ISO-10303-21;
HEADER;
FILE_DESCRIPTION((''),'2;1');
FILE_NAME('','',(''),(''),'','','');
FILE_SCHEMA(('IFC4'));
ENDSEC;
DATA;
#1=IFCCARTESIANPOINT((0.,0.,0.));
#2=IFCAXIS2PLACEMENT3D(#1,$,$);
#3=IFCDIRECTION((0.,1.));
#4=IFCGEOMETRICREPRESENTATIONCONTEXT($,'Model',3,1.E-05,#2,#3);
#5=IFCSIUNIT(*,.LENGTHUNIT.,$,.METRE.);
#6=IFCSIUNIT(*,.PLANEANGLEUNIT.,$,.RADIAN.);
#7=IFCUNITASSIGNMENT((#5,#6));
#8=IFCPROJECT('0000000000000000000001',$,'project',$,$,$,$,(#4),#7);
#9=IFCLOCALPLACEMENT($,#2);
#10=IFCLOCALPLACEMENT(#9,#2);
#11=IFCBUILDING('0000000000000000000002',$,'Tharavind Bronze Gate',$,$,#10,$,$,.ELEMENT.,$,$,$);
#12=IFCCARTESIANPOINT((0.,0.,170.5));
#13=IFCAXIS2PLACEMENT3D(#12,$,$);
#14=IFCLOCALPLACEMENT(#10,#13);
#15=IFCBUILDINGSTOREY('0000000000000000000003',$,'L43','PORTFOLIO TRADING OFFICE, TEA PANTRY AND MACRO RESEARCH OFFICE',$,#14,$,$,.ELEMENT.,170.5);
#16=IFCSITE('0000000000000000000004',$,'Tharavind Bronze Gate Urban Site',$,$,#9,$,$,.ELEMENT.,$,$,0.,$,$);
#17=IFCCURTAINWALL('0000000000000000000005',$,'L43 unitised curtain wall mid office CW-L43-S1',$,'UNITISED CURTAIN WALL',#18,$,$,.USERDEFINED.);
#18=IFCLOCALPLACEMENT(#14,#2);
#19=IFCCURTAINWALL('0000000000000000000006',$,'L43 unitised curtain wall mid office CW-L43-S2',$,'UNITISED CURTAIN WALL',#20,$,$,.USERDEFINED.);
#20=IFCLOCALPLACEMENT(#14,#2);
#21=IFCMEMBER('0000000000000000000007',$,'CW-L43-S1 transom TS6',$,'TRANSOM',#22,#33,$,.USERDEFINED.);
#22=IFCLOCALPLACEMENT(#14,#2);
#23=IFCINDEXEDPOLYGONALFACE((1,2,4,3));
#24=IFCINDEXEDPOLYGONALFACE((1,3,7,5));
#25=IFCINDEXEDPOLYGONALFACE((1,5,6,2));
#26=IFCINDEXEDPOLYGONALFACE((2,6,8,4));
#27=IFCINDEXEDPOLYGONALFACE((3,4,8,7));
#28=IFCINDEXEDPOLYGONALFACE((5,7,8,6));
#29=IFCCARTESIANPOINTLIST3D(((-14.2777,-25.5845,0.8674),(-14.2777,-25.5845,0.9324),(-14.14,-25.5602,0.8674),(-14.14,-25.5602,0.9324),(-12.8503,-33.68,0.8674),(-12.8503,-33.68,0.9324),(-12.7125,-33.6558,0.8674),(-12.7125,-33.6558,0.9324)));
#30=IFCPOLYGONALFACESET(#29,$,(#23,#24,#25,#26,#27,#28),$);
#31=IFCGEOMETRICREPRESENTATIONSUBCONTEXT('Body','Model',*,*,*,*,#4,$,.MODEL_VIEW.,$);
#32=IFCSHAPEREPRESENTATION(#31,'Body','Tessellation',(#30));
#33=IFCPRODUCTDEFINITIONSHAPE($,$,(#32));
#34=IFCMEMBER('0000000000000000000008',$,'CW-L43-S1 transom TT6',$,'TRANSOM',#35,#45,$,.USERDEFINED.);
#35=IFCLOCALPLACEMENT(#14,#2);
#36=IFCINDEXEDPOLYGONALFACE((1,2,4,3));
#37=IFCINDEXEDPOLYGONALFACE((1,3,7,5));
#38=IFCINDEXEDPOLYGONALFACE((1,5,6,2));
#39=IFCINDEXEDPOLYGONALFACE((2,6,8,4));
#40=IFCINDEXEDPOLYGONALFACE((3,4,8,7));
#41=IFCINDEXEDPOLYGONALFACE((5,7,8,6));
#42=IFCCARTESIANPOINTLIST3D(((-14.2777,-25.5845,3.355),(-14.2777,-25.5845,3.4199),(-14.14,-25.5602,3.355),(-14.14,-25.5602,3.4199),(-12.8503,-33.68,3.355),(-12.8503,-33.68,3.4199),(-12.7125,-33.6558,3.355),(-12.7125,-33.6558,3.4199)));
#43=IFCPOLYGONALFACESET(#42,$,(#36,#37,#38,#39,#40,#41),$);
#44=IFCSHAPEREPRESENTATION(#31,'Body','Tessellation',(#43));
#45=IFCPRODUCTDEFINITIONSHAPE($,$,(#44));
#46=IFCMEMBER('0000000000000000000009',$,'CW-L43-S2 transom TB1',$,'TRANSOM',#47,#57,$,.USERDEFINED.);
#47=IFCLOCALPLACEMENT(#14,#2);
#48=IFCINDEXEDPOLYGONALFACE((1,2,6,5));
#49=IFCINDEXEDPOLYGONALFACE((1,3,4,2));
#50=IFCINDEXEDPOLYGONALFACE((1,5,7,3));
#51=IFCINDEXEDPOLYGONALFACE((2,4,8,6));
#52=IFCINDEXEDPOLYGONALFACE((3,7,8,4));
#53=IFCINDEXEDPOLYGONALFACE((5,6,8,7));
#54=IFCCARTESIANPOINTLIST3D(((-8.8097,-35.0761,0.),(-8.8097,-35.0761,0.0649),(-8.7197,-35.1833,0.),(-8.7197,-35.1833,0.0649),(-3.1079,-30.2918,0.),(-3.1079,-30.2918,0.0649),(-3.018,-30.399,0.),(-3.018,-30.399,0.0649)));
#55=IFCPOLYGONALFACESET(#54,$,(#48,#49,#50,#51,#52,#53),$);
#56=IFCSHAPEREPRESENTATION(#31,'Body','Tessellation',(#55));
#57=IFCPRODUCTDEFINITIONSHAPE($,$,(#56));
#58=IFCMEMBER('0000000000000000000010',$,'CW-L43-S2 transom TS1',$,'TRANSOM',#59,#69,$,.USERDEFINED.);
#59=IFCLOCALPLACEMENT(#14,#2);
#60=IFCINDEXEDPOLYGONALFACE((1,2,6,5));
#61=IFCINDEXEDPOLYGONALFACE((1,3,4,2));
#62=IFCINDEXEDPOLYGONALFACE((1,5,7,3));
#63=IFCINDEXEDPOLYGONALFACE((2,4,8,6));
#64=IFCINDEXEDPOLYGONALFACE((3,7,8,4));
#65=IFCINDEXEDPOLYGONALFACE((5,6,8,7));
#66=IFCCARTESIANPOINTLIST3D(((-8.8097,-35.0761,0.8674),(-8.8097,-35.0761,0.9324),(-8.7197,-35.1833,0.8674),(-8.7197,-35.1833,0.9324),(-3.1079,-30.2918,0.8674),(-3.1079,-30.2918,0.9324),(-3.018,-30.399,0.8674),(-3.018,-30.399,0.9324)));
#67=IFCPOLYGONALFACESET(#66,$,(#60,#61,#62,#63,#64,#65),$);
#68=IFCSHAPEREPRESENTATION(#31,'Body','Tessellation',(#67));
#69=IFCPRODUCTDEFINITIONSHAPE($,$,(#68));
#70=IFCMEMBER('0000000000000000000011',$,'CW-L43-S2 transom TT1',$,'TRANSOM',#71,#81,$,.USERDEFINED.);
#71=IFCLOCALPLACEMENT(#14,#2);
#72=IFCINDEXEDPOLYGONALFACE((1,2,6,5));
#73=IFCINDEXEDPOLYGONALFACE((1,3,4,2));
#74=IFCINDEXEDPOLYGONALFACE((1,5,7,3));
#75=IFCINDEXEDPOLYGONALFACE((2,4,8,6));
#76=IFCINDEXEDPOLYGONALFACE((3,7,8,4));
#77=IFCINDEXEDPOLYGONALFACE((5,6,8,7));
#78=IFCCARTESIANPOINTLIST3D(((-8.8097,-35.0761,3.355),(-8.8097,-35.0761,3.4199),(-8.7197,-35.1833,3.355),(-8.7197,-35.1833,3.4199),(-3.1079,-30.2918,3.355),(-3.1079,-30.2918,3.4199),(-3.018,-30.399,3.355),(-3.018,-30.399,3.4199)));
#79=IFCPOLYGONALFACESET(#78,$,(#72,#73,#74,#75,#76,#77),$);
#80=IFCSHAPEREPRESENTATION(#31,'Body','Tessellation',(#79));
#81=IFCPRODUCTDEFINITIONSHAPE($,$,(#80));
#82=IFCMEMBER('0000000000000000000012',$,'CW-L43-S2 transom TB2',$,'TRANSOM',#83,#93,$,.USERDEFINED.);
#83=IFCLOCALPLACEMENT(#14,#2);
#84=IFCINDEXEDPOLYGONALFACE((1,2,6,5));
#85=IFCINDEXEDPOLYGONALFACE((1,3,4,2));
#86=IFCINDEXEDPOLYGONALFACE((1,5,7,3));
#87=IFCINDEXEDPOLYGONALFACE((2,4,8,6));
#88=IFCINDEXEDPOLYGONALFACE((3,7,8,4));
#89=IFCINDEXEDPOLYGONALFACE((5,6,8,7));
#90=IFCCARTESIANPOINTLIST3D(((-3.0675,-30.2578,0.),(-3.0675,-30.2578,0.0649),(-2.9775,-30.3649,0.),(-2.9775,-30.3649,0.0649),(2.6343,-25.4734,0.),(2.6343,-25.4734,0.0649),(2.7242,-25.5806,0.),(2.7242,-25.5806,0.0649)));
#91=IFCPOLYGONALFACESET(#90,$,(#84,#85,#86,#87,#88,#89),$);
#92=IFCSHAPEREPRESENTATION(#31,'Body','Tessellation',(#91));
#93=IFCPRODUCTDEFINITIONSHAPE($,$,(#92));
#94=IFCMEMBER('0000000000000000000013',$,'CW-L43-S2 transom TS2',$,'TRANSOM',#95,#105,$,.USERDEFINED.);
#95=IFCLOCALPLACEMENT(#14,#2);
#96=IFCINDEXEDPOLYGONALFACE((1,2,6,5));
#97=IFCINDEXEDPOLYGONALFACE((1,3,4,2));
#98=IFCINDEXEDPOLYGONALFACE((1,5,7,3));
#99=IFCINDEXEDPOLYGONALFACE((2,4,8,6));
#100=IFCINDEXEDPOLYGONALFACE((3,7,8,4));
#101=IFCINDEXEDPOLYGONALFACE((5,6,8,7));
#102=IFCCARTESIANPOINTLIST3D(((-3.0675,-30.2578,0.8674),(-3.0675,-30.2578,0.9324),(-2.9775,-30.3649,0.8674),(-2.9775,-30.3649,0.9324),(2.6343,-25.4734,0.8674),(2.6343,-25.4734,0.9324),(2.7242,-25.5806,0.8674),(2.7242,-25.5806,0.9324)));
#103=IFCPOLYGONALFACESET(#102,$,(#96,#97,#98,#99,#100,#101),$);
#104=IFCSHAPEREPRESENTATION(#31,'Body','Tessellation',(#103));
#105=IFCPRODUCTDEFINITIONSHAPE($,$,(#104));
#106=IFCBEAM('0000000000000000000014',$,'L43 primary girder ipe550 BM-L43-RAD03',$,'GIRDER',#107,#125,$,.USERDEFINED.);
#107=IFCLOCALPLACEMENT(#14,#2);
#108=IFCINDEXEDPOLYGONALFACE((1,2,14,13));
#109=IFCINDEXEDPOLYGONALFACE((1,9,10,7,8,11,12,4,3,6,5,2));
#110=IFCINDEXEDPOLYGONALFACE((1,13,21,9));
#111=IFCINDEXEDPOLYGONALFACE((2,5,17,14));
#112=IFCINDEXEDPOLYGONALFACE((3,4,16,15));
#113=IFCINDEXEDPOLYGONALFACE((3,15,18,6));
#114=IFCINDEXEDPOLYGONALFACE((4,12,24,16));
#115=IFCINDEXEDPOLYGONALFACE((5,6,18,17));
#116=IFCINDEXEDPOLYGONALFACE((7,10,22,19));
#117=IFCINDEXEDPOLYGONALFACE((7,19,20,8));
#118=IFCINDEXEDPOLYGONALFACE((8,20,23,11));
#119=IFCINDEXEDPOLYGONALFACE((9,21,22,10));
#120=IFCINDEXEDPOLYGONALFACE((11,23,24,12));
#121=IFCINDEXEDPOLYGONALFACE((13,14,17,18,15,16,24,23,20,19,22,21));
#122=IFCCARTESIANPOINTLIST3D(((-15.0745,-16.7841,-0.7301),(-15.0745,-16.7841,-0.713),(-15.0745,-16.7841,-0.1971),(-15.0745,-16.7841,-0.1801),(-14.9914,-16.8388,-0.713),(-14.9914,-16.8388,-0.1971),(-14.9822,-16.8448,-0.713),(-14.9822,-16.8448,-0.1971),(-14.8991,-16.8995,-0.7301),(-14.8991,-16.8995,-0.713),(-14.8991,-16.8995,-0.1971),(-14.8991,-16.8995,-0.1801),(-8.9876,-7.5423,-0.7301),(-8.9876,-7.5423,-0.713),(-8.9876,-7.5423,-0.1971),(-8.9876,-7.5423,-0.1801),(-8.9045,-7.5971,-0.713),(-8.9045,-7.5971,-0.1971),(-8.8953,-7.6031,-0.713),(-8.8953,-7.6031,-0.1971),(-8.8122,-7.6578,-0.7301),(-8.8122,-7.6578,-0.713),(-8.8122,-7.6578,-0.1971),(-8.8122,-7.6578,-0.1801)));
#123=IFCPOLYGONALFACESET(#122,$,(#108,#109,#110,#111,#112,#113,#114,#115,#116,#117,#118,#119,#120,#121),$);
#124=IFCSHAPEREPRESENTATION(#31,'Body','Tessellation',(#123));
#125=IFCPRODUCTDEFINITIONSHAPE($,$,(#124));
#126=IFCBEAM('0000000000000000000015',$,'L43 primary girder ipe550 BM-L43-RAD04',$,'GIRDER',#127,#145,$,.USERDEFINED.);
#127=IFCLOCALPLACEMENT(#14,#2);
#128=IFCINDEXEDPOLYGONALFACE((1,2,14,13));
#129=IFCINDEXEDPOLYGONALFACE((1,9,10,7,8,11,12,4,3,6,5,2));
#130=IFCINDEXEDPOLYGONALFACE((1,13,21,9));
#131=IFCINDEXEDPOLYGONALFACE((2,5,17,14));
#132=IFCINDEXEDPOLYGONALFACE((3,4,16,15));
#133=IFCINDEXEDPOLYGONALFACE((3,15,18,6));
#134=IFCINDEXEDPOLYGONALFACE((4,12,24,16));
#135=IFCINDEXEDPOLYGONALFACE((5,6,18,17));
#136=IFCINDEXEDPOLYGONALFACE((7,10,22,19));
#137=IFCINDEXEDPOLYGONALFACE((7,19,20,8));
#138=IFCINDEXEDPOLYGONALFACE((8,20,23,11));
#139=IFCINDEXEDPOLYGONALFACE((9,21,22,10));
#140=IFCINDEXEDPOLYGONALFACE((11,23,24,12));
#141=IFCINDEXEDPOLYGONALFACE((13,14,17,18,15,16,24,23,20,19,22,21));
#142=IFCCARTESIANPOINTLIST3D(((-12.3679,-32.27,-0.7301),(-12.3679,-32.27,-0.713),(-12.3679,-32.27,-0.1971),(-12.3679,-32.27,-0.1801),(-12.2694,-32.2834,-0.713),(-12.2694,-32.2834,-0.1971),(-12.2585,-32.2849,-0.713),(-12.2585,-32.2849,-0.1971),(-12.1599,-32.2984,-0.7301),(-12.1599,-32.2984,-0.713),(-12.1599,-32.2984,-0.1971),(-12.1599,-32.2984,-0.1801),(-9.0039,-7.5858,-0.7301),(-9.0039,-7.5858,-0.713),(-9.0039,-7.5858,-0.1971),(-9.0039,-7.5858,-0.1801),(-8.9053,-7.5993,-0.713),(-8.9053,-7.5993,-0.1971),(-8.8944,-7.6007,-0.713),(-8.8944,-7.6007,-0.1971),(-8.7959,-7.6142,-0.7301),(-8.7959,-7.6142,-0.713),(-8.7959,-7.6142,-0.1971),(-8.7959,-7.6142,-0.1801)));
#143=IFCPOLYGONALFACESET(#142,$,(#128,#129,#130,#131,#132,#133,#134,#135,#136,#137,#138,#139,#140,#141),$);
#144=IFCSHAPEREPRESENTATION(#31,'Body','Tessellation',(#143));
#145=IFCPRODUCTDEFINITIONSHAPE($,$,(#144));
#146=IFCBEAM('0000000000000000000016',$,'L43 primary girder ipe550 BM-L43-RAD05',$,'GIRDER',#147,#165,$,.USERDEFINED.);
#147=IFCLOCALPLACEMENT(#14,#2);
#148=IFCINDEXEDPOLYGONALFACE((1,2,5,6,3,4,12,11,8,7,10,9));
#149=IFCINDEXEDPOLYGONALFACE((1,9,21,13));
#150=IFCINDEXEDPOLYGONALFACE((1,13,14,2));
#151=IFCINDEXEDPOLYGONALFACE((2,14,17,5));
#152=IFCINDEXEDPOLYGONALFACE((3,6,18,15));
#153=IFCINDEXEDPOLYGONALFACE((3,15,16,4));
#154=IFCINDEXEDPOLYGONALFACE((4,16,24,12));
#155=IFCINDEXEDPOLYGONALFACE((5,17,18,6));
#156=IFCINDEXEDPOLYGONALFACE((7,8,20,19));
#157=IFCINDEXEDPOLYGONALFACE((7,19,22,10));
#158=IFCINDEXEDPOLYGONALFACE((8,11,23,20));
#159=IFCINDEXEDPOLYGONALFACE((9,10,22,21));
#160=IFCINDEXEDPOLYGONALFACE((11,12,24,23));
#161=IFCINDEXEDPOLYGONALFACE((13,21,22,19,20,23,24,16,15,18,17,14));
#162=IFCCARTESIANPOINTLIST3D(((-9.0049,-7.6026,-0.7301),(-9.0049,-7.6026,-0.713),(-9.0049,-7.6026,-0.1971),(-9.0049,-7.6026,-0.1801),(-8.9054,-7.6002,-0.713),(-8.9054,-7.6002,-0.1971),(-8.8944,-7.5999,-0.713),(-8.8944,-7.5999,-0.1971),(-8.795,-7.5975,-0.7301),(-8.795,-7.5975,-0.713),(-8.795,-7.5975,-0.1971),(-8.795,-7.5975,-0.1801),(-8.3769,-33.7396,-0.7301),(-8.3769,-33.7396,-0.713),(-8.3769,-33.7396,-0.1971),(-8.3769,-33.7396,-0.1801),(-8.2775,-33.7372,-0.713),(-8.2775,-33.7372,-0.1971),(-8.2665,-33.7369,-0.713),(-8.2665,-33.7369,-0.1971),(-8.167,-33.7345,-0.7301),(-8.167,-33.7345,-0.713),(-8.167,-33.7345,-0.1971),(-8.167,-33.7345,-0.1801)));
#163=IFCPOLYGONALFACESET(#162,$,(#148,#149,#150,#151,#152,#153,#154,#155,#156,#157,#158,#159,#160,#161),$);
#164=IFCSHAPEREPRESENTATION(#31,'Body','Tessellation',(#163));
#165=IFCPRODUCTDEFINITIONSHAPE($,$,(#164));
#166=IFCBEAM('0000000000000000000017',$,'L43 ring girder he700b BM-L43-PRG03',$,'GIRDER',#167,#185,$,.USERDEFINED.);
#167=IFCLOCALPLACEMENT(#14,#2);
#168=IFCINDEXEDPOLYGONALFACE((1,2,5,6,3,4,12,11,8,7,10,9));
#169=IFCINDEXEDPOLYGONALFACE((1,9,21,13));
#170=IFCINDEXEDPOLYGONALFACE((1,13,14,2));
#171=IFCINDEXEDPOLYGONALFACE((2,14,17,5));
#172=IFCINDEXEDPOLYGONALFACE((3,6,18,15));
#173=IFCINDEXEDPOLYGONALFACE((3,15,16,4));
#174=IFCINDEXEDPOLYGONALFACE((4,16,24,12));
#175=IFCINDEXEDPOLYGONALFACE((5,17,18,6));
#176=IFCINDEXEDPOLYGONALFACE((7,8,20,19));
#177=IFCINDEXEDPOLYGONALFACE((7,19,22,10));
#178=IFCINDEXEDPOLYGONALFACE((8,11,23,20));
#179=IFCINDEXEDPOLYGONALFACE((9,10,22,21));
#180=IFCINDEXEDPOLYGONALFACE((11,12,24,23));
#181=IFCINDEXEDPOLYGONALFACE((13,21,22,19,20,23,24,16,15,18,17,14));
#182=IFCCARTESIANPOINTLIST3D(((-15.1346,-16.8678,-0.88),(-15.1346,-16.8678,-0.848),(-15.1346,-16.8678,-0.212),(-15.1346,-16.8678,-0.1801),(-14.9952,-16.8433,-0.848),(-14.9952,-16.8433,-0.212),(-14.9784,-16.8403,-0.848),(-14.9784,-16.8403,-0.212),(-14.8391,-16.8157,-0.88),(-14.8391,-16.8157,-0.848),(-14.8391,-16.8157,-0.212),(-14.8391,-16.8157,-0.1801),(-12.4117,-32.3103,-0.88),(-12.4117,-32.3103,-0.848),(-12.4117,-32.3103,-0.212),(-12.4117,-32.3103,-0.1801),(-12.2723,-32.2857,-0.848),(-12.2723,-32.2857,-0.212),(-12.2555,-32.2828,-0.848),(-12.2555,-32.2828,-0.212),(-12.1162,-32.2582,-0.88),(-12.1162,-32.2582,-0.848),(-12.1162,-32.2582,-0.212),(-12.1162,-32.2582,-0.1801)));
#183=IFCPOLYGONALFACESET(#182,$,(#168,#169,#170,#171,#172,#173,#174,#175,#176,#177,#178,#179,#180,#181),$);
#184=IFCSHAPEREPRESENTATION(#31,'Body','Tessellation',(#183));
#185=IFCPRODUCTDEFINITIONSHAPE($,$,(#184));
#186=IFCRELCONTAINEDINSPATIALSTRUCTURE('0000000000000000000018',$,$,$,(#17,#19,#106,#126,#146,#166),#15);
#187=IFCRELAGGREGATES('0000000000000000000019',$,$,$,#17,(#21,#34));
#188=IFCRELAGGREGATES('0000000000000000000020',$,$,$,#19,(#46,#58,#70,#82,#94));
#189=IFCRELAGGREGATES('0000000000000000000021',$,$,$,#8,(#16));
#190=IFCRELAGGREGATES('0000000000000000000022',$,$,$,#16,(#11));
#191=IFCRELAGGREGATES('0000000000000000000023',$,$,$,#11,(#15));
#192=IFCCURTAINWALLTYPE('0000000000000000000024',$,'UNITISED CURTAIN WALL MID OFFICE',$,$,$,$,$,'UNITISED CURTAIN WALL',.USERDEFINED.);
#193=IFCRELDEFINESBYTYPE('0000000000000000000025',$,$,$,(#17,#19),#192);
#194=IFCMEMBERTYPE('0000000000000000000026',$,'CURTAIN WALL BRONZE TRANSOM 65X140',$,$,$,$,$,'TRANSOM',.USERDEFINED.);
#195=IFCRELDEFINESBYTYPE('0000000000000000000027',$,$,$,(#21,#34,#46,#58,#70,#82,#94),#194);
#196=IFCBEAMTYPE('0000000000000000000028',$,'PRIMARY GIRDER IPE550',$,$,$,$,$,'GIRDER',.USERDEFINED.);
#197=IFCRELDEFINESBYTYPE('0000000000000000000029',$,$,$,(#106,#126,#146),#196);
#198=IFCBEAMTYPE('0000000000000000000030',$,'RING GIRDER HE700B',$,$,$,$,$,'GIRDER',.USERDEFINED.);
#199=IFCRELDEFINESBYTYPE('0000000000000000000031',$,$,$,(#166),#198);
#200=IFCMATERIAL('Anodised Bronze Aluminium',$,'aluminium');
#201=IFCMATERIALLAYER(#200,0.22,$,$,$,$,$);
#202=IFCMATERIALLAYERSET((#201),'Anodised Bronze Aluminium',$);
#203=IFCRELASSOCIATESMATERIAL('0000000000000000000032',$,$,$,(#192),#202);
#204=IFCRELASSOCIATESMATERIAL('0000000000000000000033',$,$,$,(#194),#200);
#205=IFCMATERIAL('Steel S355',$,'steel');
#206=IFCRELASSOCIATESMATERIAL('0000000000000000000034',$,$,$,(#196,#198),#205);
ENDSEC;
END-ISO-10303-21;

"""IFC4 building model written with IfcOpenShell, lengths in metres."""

from ifc_helpers import new_model, si_unit, direction, frame, origin, origin_2d, place, context, subcontext, project, spatial, rectangle, i_section, extrude, material, layer, layer_set, material_profile, profile_set, type_object, element, aggregate, save


model = new_model("IFC4")

# Units and contexts
model_context = context("Model", 3, precision=1e-05, world=origin(), true_north=direction((0.0, 1.0)))
body_context = subcontext(model_context, "Body", "Model", "MODEL_VIEW")
ifc_project = project(units=[si_unit("LENGTHUNIT", "METRE"), si_unit("PLANEANGLEUNIT", "RADIAN")], contexts=[model_context])

# Site, building, storey
site_placement = place(None, origin())
site = spatial("IfcSite", under=ifc_project, at=site_placement, Name="Tharavind Bronze Gate Urban Site", CompositionType="ELEMENT", RefElevation=0.0)
building_placement = place(site_placement, origin())
building = spatial("IfcBuilding", under=site, at=building_placement, Name="Tharavind Bronze Gate", CompositionType="ELEMENT")
storey_placement = place(building_placement, frame((0.0, 0.0, 170.5)))
storey = spatial("IfcBuildingStorey", under=building, at=storey_placement, Name="L43", Description="PORTFOLIO TRADING OFFICE, TEA PANTRY AND MACRO RESEARCH OFFICE", CompositionType="ELEMENT", Elevation=170.5)

# Curtain walls
ifc_material_1 = material(Name="Anodised Bronze Aluminium", Category="aluminium")
ifc_layer_1 = layer(ifc_material_1, 0.22)
ifc_layer_set_1 = layer_set([ifc_layer_1], Name="Anodised Bronze Aluminium")
curtain_wall_type = type_object("IfcCurtainWallType", Name="UNITISED CURTAIN WALL MID OFFICE", ElementType="UNITISED CURTAIN WALL", PredefinedType="USERDEFINED", material=ifc_layer_set_1)
curtain_wall_1_placement = place(storey_placement, origin())
curtain_wall_1 = element("IfcCurtainWall", 1, at=curtain_wall_1_placement, inside=storey, type_object=curtain_wall_type, Name="L43 unitised curtain wall mid office CW-L43-S1", ObjectType="UNITISED CURTAIN WALL", PredefinedType="USERDEFINED")
curtain_wall_2_placement = place(storey_placement, origin())
curtain_wall_2 = element("IfcCurtainWall", 2, at=curtain_wall_2_placement, inside=storey, type_object=curtain_wall_type, Name="L43 unitised curtain wall mid office CW-L43-S2", ObjectType="UNITISED CURTAIN WALL", PredefinedType="USERDEFINED")

# Members
member_type_1 = type_object("IfcMemberType", Name="CURTAIN WALL BRONZE TRANSOM 65X140", ElementType="TRANSOM", PredefinedType="USERDEFINED", material=ifc_material_1)
member_1_placement = place(storey_placement, frame((-13.4951, -29.6201, 0.8674), z_axis=(0.0, 0.0, 1.0), x_axis=(0.173648, -0.984808, 0.0)))
member_1 = element("IfcMember", 3, at=member_1_placement, type_object=member_type_1, Name="CW-L43-S1 transom TS6", ObjectType="TRANSOM", PredefinedType="USERDEFINED", context=body_context, shape_type="SweptSolid", body=[
    extrude(rectangle(XDim=8.2205, YDim=0.1399, at=origin_2d()), origin(), (0.0, 0.0, 1.0), 0.0649),
])
member_2_placement = place(storey_placement, frame((-13.4951, -29.6201, 3.355), z_axis=(0.0, 0.0, 1.0), x_axis=(0.173648, -0.984808, 0.0)))
member_2 = element("IfcMember", 4, at=member_2_placement, type_object=member_type_1, Name="CW-L43-S1 transom TT6", ObjectType="TRANSOM", PredefinedType="USERDEFINED", context=body_context, shape_type="SweptSolid", body=[
    extrude(rectangle(XDim=8.2205, YDim=0.1399, at=origin_2d()), origin(), (0.0, 0.0, 1.0), 0.0649),
])
member_3_placement = place(storey_placement, frame((-5.9138, -32.7375, 0.0), z_axis=(0.0, 0.0, 1.0), x_axis=(0.766043, 0.642789, 0.0)))
member_3 = element("IfcMember", 5, at=member_3_placement, type_object=member_type_1, Name="CW-L43-S2 transom TB1", ObjectType="TRANSOM", PredefinedType="USERDEFINED", context=body_context, shape_type="SweptSolid", body=[
    extrude(rectangle(XDim=7.4431, YDim=0.1399, at=origin_2d()), origin(), (0.0, 0.0, 1.0), 0.0649),
])
member_4_placement = place(storey_placement, frame((-5.9138, -32.7375, 0.8674), z_axis=(0.0, 0.0, 1.0), x_axis=(0.766043, 0.642789, 0.0)))
member_4 = element("IfcMember", 6, at=member_4_placement, type_object=member_type_1, Name="CW-L43-S2 transom TS1", ObjectType="TRANSOM", PredefinedType="USERDEFINED", context=body_context, shape_type="SweptSolid", body=[
    extrude(rectangle(XDim=7.4431, YDim=0.1399, at=origin_2d()), origin(), (0.0, 0.0, 1.0), 0.0649),
])
member_5_placement = place(storey_placement, frame((-5.9138, -32.7375, 3.355), z_axis=(0.0, 0.0, 1.0), x_axis=(0.766043, 0.642789, 0.0)))
member_5 = element("IfcMember", 7, at=member_5_placement, type_object=member_type_1, Name="CW-L43-S2 transom TT1", ObjectType="TRANSOM", PredefinedType="USERDEFINED", context=body_context, shape_type="SweptSolid", body=[
    extrude(rectangle(XDim=7.4431, YDim=0.1399, at=origin_2d()), origin(), (0.0, 0.0, 1.0), 0.0649),
])
member_6_placement = place(storey_placement, frame((-0.1716, -27.9192, 0.0), z_axis=(0.0, 0.0, 1.0), x_axis=(0.766043, 0.642789, 0.0)))
member_6 = element("IfcMember", 8, at=member_6_placement, type_object=member_type_1, Name="CW-L43-S2 transom TB2", ObjectType="TRANSOM", PredefinedType="USERDEFINED", context=body_context, shape_type="SweptSolid", body=[
    extrude(rectangle(XDim=7.4431, YDim=0.1399, at=origin_2d()), origin(), (0.0, 0.0, 1.0), 0.0649),
])
member_7_placement = place(storey_placement, frame((-0.1716, -27.9192, 0.8674), z_axis=(0.0, 0.0, 1.0), x_axis=(0.766043, 0.642789, 0.0)))
member_7 = element("IfcMember", 9, at=member_7_placement, type_object=member_type_1, Name="CW-L43-S2 transom TS2", ObjectType="TRANSOM", PredefinedType="USERDEFINED", context=body_context, shape_type="SweptSolid", body=[
    extrude(rectangle(XDim=7.4431, YDim=0.1399, at=origin_2d()), origin(), (0.0, 0.0, 1.0), 0.0649),
])

# Beams
ifc_material_2 = material(Name="Steel S355", Category="steel")
ifc_material_profile_1 = material_profile(ifc_material_2, i_section(OverallWidth=0.21, OverallDepth=0.55, WebThickness=0.011, FlangeThickness=0.0171, at=origin_2d()), Name="IPE550")
ifc_profile_set_1 = profile_set([ifc_material_profile_1], Name="Steel S355")
beam_type_1 = type_object("IfcBeamType", Name="PRIMARY GIRDER IPE550", ElementType="GIRDER", PredefinedType="USERDEFINED", material=ifc_profile_set_1)
beam_1_placement = place(storey_placement, frame((-14.9868, -16.8418, -0.4551), z_axis=(0.550048, 0.835133, 0.0), x_axis=(-0.835133, 0.550048, 0.0)))
element("IfcBeam", 10, at=beam_1_placement, inside=storey, type_object=beam_type_1, Name="L43 primary girder ipe550 BM-L43-RAD03", ObjectType="GIRDER", PredefinedType="USERDEFINED", context=body_context, shape_type="SweptSolid", body=[
    extrude(i_section(OverallWidth=0.21, OverallDepth=0.55, WebThickness=0.011, FlangeThickness=0.0171, at=origin_2d()), origin(), (0.0, 0.0, 1.0), 11.0662),
])
beam_2_placement = place(storey_placement, frame((-12.2639, -32.2842, -0.4551), z_axis=(0.135034, 0.990841, 0.0), x_axis=(-0.990841, 0.135034, 0.0)))
element("IfcBeam", 11, at=beam_2_placement, inside=storey, type_object=beam_type_1, Name="L43 primary girder ipe550 BM-L43-RAD04", ObjectType="GIRDER", PredefinedType="USERDEFINED", context=body_context, shape_type="SweptSolid", body=[
    extrude(i_section(OverallWidth=0.21, OverallDepth=0.55, WebThickness=0.011, FlangeThickness=0.0171, at=origin_2d()), origin(), (0.0, 0.0, 1.0), 24.9124),
])
beam_3_placement = place(storey_placement, frame((-8.272, -33.7371, -0.4551), z_axis=(-0.024018, 0.999712, 0.0), x_axis=(-0.999712, -0.024018, 0.0)))
element("IfcBeam", 12, at=beam_3_placement, inside=storey, type_object=beam_type_1, Name="L43 primary girder ipe550 BM-L43-RAD05", ObjectType="GIRDER", PredefinedType="USERDEFINED", context=body_context, shape_type="SweptSolid", body=[
    extrude(i_section(OverallWidth=0.21, OverallDepth=0.55, WebThickness=0.011, FlangeThickness=0.0171, at=origin_2d()), origin(), (0.0, 0.0, 1.0), 26.1445),
])
ifc_material_profile_2 = material_profile(ifc_material_2, i_section(OverallWidth=0.3, OverallDepth=0.7, WebThickness=0.0171, FlangeThickness=0.032, at=origin_2d()), Name="HE700B")
ifc_profile_set_2 = profile_set([ifc_material_profile_2], Name="Steel S355")
beam_type_2 = type_object("IfcBeamType", Name="RING GIRDER HE700B", ElementType="GIRDER", PredefinedType="USERDEFINED", material=ifc_profile_set_2)
beam_4_placement = place(storey_placement, frame((-14.9868, -16.8418, -0.53), z_axis=(0.173648, -0.984808, 0.0), x_axis=(0.984808, 0.173648, 0.0)))
element("IfcBeam", 13, at=beam_4_placement, inside=storey, type_object=beam_type_2, Name="L43 ring girder he700b BM-L43-PRG03", ObjectType="GIRDER", PredefinedType="USERDEFINED", context=body_context, shape_type="SweptSolid", body=[
    extrude(i_section(OverallWidth=0.3, OverallDepth=0.7, WebThickness=0.0171, FlangeThickness=0.032, at=origin_2d()), origin(), (0.0, 0.0, 1.0), 15.6807),
])

aggregate(curtain_wall_1, [member_1, member_2])
aggregate(curtain_wall_2, [member_3, member_4, member_5, member_6, member_7])

save(model, "model.ifc")
